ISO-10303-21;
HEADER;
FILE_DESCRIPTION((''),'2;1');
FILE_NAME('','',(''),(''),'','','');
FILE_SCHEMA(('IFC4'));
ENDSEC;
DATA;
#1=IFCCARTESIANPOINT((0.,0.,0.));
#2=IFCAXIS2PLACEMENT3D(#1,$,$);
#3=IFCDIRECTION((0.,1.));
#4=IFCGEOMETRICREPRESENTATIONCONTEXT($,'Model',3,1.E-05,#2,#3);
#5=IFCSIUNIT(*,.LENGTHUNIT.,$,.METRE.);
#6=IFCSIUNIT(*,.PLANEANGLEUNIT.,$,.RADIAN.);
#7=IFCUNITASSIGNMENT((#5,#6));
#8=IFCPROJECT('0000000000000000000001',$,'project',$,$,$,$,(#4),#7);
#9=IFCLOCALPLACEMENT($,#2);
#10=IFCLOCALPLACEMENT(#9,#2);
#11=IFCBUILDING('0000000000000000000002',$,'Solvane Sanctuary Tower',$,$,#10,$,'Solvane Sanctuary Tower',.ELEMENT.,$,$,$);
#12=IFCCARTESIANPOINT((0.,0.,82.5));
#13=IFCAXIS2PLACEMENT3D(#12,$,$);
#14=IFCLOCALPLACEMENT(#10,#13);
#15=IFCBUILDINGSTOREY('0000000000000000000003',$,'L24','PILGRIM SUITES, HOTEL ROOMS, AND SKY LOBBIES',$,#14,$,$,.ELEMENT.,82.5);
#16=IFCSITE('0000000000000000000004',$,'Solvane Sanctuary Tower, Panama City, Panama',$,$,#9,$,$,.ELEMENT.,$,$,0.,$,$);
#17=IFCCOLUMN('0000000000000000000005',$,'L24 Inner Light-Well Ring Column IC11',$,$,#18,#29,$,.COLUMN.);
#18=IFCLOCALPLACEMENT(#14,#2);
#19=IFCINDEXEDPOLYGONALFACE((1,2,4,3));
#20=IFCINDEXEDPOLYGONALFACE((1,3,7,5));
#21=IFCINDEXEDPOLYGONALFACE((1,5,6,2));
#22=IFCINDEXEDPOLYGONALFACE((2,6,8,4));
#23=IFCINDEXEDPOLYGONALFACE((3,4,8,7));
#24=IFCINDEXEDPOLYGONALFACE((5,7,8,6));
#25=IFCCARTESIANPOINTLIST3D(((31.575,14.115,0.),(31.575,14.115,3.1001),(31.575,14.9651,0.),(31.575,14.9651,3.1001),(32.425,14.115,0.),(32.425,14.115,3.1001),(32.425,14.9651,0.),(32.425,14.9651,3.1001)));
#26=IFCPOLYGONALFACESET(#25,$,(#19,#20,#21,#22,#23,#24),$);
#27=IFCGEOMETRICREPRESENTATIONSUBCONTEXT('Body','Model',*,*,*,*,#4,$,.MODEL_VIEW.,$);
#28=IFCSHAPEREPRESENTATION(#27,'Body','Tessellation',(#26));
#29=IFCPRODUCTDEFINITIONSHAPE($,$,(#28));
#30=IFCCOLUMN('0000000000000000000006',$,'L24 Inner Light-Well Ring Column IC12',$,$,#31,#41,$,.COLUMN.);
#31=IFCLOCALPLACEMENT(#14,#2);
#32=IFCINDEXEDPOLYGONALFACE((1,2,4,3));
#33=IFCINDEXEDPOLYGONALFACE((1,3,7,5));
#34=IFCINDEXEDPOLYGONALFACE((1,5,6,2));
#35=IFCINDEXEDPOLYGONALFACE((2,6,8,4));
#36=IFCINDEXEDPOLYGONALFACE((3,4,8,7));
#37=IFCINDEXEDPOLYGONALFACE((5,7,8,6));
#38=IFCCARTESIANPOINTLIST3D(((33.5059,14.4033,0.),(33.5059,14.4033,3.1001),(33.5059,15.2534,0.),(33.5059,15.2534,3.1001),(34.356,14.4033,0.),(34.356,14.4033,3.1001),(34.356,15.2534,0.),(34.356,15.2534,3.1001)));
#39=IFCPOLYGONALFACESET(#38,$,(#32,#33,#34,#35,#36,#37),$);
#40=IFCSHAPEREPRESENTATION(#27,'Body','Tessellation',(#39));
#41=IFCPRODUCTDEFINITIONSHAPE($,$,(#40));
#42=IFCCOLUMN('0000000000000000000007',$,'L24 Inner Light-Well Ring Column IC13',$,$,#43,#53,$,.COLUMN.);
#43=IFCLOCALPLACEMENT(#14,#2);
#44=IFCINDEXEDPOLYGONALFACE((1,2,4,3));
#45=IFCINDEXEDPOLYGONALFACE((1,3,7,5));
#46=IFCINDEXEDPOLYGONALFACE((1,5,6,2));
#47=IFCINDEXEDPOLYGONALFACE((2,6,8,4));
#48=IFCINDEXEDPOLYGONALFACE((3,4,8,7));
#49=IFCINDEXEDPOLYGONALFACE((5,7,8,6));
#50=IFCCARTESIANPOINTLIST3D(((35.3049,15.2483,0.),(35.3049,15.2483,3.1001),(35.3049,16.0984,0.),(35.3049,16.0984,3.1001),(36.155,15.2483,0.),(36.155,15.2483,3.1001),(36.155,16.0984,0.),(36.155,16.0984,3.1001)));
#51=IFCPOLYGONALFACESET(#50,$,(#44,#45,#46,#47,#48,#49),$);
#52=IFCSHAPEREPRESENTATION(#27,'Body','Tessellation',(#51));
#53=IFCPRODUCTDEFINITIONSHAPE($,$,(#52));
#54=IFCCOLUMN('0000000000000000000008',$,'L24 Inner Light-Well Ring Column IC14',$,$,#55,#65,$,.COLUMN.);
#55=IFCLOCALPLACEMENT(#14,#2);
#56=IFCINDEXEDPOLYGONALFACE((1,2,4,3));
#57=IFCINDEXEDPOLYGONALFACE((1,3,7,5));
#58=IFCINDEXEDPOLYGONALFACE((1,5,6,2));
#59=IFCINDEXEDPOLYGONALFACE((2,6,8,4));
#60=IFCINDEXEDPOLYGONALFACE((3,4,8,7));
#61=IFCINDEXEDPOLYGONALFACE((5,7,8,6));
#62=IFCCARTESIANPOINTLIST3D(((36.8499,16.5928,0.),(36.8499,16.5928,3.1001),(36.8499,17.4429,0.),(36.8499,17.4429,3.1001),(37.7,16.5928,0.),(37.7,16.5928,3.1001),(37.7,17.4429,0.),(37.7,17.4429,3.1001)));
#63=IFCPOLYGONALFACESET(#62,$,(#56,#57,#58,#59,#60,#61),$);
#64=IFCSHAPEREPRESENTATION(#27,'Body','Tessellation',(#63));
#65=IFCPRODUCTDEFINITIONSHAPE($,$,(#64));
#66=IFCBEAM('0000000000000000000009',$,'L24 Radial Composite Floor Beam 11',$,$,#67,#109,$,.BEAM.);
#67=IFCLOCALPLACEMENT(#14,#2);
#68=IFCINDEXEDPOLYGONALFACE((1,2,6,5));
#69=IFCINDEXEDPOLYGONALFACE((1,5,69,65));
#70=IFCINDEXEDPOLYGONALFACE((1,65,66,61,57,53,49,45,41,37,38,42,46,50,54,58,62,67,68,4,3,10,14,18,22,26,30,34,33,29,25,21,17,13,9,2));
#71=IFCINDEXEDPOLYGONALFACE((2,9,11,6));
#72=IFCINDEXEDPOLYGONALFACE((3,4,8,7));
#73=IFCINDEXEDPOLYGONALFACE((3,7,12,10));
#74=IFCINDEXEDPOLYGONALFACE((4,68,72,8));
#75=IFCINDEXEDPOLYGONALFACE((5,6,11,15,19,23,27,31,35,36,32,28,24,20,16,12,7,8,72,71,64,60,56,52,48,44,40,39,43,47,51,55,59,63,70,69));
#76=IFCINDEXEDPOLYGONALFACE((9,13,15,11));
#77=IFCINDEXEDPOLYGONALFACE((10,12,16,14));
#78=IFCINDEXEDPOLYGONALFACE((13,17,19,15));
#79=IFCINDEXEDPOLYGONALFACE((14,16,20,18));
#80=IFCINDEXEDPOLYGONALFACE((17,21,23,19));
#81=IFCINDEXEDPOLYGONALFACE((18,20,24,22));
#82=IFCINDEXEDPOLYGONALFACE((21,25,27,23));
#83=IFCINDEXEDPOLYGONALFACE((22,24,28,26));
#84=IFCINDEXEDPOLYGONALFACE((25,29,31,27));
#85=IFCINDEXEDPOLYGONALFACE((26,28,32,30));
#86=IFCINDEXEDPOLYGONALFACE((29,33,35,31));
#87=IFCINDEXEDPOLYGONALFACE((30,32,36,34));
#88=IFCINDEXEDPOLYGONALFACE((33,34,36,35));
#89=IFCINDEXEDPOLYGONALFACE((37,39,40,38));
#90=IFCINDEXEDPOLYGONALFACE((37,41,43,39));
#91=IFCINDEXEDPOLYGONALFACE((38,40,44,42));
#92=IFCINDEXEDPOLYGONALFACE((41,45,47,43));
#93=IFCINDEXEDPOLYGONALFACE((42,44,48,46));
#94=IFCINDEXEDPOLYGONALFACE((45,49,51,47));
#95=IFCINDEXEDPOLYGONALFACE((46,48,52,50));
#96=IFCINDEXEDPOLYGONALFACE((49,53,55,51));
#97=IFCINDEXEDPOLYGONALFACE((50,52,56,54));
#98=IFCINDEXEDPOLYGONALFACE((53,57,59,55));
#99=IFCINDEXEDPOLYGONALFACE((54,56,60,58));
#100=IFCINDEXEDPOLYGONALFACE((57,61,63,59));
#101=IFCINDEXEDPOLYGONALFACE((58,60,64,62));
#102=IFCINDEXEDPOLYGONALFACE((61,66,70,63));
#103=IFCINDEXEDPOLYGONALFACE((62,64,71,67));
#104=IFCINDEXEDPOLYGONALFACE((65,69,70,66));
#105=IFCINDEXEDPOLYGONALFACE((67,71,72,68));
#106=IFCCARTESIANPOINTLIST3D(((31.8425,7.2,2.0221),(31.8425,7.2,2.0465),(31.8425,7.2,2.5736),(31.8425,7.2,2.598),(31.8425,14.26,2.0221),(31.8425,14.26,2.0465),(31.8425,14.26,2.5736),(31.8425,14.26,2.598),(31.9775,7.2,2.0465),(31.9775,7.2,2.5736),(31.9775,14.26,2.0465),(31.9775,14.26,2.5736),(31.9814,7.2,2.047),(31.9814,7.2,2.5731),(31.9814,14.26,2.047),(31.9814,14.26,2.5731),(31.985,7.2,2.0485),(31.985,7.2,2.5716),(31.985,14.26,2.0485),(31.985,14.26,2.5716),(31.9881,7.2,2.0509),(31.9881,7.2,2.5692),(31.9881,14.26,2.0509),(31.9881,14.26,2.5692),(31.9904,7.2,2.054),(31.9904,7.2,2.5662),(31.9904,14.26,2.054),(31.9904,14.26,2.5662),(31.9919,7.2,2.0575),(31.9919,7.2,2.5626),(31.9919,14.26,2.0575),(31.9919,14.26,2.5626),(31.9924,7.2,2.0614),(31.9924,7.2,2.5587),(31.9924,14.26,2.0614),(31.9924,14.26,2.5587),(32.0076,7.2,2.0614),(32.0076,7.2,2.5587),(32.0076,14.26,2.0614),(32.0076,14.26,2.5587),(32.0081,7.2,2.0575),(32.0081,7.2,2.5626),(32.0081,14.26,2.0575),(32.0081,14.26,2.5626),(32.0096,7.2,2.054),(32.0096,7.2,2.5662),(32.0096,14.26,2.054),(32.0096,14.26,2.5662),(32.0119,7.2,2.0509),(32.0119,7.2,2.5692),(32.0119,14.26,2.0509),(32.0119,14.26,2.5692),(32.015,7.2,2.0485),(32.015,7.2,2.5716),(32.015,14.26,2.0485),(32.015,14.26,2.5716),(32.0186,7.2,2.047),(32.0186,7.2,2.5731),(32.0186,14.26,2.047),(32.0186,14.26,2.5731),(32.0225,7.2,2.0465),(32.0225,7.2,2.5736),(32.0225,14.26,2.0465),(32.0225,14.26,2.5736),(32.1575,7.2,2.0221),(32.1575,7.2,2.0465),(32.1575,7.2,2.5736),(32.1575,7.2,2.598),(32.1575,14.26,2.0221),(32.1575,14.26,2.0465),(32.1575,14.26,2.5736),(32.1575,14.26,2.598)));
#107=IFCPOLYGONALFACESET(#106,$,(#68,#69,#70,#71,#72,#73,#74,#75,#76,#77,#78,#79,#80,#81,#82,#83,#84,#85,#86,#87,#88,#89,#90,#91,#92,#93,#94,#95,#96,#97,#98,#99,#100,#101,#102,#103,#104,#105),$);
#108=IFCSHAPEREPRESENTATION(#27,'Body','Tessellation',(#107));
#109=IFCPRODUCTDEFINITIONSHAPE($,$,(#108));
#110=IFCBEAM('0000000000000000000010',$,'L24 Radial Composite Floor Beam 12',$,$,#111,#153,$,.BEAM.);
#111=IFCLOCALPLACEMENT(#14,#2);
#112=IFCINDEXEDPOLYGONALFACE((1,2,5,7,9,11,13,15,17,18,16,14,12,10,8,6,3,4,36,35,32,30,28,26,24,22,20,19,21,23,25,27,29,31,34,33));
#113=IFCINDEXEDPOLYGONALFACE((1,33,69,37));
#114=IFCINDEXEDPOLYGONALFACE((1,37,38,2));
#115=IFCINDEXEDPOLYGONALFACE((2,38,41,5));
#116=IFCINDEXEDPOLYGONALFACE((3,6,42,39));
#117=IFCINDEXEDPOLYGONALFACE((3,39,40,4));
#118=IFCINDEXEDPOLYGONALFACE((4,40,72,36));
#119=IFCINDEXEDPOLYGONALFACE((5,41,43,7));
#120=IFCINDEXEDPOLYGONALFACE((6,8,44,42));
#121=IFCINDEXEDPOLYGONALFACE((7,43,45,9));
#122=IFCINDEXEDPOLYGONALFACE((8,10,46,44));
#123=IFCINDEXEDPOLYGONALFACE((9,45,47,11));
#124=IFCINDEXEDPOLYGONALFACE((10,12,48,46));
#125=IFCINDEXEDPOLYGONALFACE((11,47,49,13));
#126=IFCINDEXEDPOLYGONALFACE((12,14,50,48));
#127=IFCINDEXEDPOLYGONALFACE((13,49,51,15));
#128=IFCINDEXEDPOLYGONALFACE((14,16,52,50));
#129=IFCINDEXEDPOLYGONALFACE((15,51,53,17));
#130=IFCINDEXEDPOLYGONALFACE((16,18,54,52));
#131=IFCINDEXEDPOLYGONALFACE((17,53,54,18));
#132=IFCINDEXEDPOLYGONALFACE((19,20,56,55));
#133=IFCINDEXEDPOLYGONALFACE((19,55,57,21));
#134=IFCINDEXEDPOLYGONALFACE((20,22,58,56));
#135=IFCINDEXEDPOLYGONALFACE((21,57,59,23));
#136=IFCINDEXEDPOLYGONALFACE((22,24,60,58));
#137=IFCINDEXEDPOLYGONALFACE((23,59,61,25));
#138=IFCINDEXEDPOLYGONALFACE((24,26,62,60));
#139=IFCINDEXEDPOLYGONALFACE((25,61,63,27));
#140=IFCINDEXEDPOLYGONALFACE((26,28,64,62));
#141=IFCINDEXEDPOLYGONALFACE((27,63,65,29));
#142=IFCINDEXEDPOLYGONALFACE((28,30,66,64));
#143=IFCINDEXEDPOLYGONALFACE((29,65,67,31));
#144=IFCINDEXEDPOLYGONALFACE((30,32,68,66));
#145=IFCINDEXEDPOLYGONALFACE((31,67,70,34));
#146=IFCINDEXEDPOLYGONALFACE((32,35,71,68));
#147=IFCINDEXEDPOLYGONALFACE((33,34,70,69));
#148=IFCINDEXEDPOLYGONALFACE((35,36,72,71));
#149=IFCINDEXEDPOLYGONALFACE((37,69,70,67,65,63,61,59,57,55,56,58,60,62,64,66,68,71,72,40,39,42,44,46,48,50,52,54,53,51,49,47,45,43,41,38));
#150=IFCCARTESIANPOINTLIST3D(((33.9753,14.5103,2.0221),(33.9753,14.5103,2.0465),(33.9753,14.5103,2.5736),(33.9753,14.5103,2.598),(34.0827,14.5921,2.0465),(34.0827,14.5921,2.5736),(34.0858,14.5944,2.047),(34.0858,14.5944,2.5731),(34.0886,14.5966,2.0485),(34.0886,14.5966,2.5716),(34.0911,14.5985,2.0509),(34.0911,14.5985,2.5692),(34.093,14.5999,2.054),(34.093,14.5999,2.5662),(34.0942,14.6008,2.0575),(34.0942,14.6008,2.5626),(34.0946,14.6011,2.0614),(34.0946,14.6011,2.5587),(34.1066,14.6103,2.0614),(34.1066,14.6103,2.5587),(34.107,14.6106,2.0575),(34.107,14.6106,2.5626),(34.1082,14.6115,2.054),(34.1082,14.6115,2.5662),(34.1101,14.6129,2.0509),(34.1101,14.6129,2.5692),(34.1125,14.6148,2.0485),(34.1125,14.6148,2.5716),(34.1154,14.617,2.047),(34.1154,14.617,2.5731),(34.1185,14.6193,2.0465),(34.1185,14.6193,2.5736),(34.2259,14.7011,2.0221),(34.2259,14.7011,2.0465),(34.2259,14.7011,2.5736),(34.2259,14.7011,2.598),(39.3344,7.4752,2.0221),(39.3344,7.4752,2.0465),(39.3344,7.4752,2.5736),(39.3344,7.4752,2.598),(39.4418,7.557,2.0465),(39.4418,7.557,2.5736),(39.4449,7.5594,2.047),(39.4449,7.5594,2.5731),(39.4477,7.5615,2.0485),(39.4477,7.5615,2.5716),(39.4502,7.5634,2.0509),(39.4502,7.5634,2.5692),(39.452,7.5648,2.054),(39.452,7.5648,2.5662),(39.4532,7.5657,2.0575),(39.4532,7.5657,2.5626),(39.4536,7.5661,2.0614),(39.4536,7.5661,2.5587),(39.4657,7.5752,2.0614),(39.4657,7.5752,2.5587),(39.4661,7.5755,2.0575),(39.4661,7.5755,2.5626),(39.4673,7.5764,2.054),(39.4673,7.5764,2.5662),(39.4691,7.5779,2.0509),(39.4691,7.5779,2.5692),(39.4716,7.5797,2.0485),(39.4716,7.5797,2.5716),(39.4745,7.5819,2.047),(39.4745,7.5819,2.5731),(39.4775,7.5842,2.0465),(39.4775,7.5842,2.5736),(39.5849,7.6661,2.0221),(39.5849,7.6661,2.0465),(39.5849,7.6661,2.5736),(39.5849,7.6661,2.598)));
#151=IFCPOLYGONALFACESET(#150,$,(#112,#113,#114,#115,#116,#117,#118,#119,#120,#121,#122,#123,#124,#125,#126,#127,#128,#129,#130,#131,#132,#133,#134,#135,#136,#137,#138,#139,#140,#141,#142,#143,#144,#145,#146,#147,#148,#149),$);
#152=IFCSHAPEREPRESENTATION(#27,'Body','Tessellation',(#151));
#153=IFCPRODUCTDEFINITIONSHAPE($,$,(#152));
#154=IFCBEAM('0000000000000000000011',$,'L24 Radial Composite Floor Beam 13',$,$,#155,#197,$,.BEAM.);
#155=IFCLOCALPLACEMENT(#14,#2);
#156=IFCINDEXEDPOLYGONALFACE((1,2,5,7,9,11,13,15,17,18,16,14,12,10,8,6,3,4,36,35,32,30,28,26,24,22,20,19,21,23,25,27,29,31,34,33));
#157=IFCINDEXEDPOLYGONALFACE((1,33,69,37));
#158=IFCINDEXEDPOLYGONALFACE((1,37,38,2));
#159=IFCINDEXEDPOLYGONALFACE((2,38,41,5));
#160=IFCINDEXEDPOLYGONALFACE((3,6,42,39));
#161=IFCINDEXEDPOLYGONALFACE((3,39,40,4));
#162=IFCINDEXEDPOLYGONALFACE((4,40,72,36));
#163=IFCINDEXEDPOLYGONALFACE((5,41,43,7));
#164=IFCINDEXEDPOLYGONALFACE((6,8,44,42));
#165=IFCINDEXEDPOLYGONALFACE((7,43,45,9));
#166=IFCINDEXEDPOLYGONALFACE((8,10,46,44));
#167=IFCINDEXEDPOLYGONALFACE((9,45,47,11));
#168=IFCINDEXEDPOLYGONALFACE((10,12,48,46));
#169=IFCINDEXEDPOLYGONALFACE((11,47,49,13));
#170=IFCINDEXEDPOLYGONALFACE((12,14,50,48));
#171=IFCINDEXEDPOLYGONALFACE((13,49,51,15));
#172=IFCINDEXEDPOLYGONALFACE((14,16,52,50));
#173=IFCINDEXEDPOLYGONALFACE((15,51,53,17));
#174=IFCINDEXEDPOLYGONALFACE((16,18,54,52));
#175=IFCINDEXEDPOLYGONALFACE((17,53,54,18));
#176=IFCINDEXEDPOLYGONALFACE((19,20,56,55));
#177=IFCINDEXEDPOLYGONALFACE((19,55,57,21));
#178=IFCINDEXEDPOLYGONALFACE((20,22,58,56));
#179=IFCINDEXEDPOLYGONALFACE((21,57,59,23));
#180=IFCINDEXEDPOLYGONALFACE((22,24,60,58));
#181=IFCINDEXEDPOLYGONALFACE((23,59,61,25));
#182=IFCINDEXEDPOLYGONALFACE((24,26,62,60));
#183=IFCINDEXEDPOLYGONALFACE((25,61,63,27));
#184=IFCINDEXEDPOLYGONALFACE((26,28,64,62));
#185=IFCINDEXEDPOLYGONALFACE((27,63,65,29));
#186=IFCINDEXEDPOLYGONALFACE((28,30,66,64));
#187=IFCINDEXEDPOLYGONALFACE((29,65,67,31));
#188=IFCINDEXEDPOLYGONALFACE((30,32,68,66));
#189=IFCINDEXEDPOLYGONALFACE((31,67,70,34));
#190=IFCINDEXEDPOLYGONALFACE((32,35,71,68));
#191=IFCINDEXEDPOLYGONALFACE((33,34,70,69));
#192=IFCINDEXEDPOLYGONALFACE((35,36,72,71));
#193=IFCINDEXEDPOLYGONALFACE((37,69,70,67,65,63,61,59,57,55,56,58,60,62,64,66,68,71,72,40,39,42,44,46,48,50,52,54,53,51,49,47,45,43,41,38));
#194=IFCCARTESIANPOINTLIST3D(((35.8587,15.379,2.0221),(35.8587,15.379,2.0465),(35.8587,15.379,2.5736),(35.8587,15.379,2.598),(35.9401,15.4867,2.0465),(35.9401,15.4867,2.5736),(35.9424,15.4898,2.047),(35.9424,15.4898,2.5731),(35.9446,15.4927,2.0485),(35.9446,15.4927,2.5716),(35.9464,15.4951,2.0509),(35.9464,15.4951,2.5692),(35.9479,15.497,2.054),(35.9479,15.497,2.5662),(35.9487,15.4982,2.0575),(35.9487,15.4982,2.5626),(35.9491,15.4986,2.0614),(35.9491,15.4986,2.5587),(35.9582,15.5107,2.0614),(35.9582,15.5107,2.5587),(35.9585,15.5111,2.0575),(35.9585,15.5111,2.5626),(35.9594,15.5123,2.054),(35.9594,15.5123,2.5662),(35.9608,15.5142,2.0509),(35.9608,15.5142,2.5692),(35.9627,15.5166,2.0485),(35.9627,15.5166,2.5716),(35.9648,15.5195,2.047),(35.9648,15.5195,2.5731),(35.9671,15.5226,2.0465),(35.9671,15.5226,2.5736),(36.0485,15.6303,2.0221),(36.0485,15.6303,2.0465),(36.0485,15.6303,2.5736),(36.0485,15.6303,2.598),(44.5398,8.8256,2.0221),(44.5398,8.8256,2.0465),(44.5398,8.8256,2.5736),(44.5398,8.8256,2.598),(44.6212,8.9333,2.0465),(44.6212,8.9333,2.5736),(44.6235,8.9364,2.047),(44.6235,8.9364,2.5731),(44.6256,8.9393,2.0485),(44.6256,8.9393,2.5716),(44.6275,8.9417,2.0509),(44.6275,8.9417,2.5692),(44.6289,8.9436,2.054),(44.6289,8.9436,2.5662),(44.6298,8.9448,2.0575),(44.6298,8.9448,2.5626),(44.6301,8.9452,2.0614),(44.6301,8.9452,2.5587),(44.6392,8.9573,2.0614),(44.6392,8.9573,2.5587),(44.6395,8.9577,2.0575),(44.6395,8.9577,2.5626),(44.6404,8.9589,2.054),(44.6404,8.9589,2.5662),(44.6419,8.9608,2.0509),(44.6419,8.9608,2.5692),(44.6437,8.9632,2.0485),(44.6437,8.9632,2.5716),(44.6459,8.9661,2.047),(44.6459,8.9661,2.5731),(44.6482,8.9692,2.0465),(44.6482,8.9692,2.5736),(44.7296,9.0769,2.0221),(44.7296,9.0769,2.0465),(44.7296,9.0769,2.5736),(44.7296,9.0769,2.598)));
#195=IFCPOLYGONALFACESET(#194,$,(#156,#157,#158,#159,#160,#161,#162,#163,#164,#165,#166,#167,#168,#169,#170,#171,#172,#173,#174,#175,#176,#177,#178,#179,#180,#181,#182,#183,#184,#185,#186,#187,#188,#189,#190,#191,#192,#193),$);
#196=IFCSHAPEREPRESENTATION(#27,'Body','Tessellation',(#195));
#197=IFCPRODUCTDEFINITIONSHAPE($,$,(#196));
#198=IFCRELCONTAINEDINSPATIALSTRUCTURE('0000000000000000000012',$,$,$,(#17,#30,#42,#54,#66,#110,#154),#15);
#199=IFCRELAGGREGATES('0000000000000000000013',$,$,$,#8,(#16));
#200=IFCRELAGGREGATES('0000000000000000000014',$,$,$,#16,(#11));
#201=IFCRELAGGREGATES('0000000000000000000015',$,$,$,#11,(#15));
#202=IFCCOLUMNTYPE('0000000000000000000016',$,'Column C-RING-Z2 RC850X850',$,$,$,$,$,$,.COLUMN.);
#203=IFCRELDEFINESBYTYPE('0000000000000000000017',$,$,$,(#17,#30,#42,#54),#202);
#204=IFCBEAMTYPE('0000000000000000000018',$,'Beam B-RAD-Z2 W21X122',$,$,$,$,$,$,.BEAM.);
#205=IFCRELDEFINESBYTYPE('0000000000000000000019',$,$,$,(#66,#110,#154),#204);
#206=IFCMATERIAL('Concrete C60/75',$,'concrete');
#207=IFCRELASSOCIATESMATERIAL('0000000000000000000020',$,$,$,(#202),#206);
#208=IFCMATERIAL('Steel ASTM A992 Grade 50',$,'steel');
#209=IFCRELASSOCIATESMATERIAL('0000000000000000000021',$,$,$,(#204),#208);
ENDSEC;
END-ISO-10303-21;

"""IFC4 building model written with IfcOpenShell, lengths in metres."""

from ifc_helpers import new_model, si_unit, direction, frame, origin, origin_2d, place, context, subcontext, project, spatial, rectangle, i_section, extrude, material, material_profile, profile_set, type_object, element, save


model = new_model("IFC4")

# Units and contexts
model_context = context("Model", 3, precision=1e-05, world=origin(), true_north=direction((0.0, 1.0)))
body_context = subcontext(model_context, "Body", "Model", "MODEL_VIEW")
ifc_project = project(units=[si_unit("LENGTHUNIT", "METRE"), si_unit("PLANEANGLEUNIT", "RADIAN")], contexts=[model_context])

# Site, building, storey
site_placement = place(None, origin())
site = spatial("IfcSite", under=ifc_project, at=site_placement, Name="Solvane Sanctuary Tower, Panama City, Panama", CompositionType="ELEMENT", RefElevation=0.0)
building_placement = place(site_placement, origin())
building = spatial("IfcBuilding", under=site, at=building_placement, Name="Solvane Sanctuary Tower", LongName="Solvane Sanctuary Tower", CompositionType="ELEMENT")
storey_placement = place(building_placement, frame((0.0, 0.0, 82.5)))
storey = spatial("IfcBuildingStorey", under=building, at=storey_placement, Name="L24", Description="PILGRIM SUITES, HOTEL ROOMS, AND SKY LOBBIES", CompositionType="ELEMENT", Elevation=82.5)

# Columns
ifc_material_1 = material(Name="Concrete C60/75", Category="concrete")
ifc_material_profile_1 = material_profile(ifc_material_1, rectangle(XDim=0.8501, YDim=0.8501, at=origin_2d()), Name="RC850X850")
ifc_profile_set_1 = profile_set([ifc_material_profile_1], Name="Concrete C60/75")
column_type = type_object("IfcColumnType", Name="Column C-RING-Z2 RC850X850", PredefinedType="COLUMN", material=ifc_profile_set_1)
for number, where, z_axis, x_axis, name in (
    (1, (32.0, 14.54, 0.0), (0.0, 0.0, 1.0), (1.0, 0.0, 0.0), "L24 Inner Light-Well Ring Column IC11"),
    (2, (33.9309, 14.8284, 0.0), (0.0, 0.0, 1.0), (1.0, 0.0, 0.0), "L24 Inner Light-Well Ring Column IC12"),
    (3, (35.73, 15.6733, 0.0), (0.0, 0.0, 1.0), (1.0, 0.0, 0.0), "L24 Inner Light-Well Ring Column IC13"),
    (4, (37.2749, 17.0178, 0.0), (0.0, 0.0, 1.0), (1.0, 0.0, 0.0), "L24 Inner Light-Well Ring Column IC14"),
):
    element("IfcColumn", number, at=place(storey_placement, frame(where, z_axis=z_axis, x_axis=x_axis)), inside=storey, type_object=column_type, Name=name, PredefinedType="COLUMN", context=body_context, shape_type="SweptSolid", body=[
        extrude(rectangle(XDim=0.8501, YDim=0.8501, at=origin_2d()), origin(), (0.0, 0.0, 1.0), 3.1001),
    ])

# Beams
ifc_material_2 = material(Name="Steel ASTM A992 Grade 50", Category="steel")
ifc_material_profile_2 = material_profile(ifc_material_2, i_section(OverallWidth=0.3149, OverallDepth=0.5759, WebThickness=0.0151, FlangeThickness=0.0244, FilletRadius=0.0149, at=origin_2d()), Name="W21X122")
ifc_profile_set_2 = profile_set([ifc_material_profile_2], Name="Steel ASTM A992 Grade 50")
beam_type_1 = type_object("IfcBeamType", Name="Beam B-RAD-Z2 W21X122", PredefinedType="BEAM", material=ifc_profile_set_2)
beam_1_placement = place(storey_placement, frame((32.0, 14.26, 2.3101), z_axis=(0.0, -1.0, 0.0), x_axis=(1.0, 0.0, 0.0)))
element("IfcBeam", 5, at=beam_1_placement, inside=storey, type_object=beam_type_1, Name="L24 Radial Composite Floor Beam 11", PredefinedType="BEAM", context=body_context, shape_type="SweptSolid", body=[
    extrude(i_section(OverallWidth=0.3149, OverallDepth=0.5759, WebThickness=0.0151, FlangeThickness=0.0244, FilletRadius=0.0149, at=origin_2d()), origin(), (0.0, 0.0, 1.0), 7.0601),
])
beam_2_placement = place(storey_placement, frame((34.1006, 14.6057, 2.3101), z_axis=(0.605973, -0.795486, 0.0), x_axis=(0.795486, 0.605973, 0.0)))
element("IfcBeam", 6, at=beam_2_placement, inside=storey, type_object=beam_type_1, Name="L24 Radial Composite Floor Beam 12", PredefinedType="BEAM", context=body_context, shape_type="SweptSolid", body=[
    extrude(i_section(OverallWidth=0.3149, OverallDepth=0.5759, WebThickness=0.0151, FlangeThickness=0.0244, FilletRadius=0.0149, at=origin_2d()), origin(), (0.0, 0.0, 1.0), 8.8438),
])
beam_3_placement = place(storey_placement, frame((35.9536, 15.5046, 2.3101), z_axis=(0.798116, -0.602504, 0.0), x_axis=(0.602504, 0.798116, 0.0)))
element("IfcBeam", 7, at=beam_3_placement, inside=storey, type_object=beam_type_1, Name="L24 Radial Composite Floor Beam 13", PredefinedType="BEAM", context=body_context, shape_type="SweptSolid", body=[
    extrude(i_section(OverallWidth=0.3149, OverallDepth=0.5759, WebThickness=0.0151, FlangeThickness=0.0244, FilletRadius=0.0149, at=origin_2d()), origin(), (0.0, 0.0, 1.0), 10.877),
])

save(model, "model.ifc")
